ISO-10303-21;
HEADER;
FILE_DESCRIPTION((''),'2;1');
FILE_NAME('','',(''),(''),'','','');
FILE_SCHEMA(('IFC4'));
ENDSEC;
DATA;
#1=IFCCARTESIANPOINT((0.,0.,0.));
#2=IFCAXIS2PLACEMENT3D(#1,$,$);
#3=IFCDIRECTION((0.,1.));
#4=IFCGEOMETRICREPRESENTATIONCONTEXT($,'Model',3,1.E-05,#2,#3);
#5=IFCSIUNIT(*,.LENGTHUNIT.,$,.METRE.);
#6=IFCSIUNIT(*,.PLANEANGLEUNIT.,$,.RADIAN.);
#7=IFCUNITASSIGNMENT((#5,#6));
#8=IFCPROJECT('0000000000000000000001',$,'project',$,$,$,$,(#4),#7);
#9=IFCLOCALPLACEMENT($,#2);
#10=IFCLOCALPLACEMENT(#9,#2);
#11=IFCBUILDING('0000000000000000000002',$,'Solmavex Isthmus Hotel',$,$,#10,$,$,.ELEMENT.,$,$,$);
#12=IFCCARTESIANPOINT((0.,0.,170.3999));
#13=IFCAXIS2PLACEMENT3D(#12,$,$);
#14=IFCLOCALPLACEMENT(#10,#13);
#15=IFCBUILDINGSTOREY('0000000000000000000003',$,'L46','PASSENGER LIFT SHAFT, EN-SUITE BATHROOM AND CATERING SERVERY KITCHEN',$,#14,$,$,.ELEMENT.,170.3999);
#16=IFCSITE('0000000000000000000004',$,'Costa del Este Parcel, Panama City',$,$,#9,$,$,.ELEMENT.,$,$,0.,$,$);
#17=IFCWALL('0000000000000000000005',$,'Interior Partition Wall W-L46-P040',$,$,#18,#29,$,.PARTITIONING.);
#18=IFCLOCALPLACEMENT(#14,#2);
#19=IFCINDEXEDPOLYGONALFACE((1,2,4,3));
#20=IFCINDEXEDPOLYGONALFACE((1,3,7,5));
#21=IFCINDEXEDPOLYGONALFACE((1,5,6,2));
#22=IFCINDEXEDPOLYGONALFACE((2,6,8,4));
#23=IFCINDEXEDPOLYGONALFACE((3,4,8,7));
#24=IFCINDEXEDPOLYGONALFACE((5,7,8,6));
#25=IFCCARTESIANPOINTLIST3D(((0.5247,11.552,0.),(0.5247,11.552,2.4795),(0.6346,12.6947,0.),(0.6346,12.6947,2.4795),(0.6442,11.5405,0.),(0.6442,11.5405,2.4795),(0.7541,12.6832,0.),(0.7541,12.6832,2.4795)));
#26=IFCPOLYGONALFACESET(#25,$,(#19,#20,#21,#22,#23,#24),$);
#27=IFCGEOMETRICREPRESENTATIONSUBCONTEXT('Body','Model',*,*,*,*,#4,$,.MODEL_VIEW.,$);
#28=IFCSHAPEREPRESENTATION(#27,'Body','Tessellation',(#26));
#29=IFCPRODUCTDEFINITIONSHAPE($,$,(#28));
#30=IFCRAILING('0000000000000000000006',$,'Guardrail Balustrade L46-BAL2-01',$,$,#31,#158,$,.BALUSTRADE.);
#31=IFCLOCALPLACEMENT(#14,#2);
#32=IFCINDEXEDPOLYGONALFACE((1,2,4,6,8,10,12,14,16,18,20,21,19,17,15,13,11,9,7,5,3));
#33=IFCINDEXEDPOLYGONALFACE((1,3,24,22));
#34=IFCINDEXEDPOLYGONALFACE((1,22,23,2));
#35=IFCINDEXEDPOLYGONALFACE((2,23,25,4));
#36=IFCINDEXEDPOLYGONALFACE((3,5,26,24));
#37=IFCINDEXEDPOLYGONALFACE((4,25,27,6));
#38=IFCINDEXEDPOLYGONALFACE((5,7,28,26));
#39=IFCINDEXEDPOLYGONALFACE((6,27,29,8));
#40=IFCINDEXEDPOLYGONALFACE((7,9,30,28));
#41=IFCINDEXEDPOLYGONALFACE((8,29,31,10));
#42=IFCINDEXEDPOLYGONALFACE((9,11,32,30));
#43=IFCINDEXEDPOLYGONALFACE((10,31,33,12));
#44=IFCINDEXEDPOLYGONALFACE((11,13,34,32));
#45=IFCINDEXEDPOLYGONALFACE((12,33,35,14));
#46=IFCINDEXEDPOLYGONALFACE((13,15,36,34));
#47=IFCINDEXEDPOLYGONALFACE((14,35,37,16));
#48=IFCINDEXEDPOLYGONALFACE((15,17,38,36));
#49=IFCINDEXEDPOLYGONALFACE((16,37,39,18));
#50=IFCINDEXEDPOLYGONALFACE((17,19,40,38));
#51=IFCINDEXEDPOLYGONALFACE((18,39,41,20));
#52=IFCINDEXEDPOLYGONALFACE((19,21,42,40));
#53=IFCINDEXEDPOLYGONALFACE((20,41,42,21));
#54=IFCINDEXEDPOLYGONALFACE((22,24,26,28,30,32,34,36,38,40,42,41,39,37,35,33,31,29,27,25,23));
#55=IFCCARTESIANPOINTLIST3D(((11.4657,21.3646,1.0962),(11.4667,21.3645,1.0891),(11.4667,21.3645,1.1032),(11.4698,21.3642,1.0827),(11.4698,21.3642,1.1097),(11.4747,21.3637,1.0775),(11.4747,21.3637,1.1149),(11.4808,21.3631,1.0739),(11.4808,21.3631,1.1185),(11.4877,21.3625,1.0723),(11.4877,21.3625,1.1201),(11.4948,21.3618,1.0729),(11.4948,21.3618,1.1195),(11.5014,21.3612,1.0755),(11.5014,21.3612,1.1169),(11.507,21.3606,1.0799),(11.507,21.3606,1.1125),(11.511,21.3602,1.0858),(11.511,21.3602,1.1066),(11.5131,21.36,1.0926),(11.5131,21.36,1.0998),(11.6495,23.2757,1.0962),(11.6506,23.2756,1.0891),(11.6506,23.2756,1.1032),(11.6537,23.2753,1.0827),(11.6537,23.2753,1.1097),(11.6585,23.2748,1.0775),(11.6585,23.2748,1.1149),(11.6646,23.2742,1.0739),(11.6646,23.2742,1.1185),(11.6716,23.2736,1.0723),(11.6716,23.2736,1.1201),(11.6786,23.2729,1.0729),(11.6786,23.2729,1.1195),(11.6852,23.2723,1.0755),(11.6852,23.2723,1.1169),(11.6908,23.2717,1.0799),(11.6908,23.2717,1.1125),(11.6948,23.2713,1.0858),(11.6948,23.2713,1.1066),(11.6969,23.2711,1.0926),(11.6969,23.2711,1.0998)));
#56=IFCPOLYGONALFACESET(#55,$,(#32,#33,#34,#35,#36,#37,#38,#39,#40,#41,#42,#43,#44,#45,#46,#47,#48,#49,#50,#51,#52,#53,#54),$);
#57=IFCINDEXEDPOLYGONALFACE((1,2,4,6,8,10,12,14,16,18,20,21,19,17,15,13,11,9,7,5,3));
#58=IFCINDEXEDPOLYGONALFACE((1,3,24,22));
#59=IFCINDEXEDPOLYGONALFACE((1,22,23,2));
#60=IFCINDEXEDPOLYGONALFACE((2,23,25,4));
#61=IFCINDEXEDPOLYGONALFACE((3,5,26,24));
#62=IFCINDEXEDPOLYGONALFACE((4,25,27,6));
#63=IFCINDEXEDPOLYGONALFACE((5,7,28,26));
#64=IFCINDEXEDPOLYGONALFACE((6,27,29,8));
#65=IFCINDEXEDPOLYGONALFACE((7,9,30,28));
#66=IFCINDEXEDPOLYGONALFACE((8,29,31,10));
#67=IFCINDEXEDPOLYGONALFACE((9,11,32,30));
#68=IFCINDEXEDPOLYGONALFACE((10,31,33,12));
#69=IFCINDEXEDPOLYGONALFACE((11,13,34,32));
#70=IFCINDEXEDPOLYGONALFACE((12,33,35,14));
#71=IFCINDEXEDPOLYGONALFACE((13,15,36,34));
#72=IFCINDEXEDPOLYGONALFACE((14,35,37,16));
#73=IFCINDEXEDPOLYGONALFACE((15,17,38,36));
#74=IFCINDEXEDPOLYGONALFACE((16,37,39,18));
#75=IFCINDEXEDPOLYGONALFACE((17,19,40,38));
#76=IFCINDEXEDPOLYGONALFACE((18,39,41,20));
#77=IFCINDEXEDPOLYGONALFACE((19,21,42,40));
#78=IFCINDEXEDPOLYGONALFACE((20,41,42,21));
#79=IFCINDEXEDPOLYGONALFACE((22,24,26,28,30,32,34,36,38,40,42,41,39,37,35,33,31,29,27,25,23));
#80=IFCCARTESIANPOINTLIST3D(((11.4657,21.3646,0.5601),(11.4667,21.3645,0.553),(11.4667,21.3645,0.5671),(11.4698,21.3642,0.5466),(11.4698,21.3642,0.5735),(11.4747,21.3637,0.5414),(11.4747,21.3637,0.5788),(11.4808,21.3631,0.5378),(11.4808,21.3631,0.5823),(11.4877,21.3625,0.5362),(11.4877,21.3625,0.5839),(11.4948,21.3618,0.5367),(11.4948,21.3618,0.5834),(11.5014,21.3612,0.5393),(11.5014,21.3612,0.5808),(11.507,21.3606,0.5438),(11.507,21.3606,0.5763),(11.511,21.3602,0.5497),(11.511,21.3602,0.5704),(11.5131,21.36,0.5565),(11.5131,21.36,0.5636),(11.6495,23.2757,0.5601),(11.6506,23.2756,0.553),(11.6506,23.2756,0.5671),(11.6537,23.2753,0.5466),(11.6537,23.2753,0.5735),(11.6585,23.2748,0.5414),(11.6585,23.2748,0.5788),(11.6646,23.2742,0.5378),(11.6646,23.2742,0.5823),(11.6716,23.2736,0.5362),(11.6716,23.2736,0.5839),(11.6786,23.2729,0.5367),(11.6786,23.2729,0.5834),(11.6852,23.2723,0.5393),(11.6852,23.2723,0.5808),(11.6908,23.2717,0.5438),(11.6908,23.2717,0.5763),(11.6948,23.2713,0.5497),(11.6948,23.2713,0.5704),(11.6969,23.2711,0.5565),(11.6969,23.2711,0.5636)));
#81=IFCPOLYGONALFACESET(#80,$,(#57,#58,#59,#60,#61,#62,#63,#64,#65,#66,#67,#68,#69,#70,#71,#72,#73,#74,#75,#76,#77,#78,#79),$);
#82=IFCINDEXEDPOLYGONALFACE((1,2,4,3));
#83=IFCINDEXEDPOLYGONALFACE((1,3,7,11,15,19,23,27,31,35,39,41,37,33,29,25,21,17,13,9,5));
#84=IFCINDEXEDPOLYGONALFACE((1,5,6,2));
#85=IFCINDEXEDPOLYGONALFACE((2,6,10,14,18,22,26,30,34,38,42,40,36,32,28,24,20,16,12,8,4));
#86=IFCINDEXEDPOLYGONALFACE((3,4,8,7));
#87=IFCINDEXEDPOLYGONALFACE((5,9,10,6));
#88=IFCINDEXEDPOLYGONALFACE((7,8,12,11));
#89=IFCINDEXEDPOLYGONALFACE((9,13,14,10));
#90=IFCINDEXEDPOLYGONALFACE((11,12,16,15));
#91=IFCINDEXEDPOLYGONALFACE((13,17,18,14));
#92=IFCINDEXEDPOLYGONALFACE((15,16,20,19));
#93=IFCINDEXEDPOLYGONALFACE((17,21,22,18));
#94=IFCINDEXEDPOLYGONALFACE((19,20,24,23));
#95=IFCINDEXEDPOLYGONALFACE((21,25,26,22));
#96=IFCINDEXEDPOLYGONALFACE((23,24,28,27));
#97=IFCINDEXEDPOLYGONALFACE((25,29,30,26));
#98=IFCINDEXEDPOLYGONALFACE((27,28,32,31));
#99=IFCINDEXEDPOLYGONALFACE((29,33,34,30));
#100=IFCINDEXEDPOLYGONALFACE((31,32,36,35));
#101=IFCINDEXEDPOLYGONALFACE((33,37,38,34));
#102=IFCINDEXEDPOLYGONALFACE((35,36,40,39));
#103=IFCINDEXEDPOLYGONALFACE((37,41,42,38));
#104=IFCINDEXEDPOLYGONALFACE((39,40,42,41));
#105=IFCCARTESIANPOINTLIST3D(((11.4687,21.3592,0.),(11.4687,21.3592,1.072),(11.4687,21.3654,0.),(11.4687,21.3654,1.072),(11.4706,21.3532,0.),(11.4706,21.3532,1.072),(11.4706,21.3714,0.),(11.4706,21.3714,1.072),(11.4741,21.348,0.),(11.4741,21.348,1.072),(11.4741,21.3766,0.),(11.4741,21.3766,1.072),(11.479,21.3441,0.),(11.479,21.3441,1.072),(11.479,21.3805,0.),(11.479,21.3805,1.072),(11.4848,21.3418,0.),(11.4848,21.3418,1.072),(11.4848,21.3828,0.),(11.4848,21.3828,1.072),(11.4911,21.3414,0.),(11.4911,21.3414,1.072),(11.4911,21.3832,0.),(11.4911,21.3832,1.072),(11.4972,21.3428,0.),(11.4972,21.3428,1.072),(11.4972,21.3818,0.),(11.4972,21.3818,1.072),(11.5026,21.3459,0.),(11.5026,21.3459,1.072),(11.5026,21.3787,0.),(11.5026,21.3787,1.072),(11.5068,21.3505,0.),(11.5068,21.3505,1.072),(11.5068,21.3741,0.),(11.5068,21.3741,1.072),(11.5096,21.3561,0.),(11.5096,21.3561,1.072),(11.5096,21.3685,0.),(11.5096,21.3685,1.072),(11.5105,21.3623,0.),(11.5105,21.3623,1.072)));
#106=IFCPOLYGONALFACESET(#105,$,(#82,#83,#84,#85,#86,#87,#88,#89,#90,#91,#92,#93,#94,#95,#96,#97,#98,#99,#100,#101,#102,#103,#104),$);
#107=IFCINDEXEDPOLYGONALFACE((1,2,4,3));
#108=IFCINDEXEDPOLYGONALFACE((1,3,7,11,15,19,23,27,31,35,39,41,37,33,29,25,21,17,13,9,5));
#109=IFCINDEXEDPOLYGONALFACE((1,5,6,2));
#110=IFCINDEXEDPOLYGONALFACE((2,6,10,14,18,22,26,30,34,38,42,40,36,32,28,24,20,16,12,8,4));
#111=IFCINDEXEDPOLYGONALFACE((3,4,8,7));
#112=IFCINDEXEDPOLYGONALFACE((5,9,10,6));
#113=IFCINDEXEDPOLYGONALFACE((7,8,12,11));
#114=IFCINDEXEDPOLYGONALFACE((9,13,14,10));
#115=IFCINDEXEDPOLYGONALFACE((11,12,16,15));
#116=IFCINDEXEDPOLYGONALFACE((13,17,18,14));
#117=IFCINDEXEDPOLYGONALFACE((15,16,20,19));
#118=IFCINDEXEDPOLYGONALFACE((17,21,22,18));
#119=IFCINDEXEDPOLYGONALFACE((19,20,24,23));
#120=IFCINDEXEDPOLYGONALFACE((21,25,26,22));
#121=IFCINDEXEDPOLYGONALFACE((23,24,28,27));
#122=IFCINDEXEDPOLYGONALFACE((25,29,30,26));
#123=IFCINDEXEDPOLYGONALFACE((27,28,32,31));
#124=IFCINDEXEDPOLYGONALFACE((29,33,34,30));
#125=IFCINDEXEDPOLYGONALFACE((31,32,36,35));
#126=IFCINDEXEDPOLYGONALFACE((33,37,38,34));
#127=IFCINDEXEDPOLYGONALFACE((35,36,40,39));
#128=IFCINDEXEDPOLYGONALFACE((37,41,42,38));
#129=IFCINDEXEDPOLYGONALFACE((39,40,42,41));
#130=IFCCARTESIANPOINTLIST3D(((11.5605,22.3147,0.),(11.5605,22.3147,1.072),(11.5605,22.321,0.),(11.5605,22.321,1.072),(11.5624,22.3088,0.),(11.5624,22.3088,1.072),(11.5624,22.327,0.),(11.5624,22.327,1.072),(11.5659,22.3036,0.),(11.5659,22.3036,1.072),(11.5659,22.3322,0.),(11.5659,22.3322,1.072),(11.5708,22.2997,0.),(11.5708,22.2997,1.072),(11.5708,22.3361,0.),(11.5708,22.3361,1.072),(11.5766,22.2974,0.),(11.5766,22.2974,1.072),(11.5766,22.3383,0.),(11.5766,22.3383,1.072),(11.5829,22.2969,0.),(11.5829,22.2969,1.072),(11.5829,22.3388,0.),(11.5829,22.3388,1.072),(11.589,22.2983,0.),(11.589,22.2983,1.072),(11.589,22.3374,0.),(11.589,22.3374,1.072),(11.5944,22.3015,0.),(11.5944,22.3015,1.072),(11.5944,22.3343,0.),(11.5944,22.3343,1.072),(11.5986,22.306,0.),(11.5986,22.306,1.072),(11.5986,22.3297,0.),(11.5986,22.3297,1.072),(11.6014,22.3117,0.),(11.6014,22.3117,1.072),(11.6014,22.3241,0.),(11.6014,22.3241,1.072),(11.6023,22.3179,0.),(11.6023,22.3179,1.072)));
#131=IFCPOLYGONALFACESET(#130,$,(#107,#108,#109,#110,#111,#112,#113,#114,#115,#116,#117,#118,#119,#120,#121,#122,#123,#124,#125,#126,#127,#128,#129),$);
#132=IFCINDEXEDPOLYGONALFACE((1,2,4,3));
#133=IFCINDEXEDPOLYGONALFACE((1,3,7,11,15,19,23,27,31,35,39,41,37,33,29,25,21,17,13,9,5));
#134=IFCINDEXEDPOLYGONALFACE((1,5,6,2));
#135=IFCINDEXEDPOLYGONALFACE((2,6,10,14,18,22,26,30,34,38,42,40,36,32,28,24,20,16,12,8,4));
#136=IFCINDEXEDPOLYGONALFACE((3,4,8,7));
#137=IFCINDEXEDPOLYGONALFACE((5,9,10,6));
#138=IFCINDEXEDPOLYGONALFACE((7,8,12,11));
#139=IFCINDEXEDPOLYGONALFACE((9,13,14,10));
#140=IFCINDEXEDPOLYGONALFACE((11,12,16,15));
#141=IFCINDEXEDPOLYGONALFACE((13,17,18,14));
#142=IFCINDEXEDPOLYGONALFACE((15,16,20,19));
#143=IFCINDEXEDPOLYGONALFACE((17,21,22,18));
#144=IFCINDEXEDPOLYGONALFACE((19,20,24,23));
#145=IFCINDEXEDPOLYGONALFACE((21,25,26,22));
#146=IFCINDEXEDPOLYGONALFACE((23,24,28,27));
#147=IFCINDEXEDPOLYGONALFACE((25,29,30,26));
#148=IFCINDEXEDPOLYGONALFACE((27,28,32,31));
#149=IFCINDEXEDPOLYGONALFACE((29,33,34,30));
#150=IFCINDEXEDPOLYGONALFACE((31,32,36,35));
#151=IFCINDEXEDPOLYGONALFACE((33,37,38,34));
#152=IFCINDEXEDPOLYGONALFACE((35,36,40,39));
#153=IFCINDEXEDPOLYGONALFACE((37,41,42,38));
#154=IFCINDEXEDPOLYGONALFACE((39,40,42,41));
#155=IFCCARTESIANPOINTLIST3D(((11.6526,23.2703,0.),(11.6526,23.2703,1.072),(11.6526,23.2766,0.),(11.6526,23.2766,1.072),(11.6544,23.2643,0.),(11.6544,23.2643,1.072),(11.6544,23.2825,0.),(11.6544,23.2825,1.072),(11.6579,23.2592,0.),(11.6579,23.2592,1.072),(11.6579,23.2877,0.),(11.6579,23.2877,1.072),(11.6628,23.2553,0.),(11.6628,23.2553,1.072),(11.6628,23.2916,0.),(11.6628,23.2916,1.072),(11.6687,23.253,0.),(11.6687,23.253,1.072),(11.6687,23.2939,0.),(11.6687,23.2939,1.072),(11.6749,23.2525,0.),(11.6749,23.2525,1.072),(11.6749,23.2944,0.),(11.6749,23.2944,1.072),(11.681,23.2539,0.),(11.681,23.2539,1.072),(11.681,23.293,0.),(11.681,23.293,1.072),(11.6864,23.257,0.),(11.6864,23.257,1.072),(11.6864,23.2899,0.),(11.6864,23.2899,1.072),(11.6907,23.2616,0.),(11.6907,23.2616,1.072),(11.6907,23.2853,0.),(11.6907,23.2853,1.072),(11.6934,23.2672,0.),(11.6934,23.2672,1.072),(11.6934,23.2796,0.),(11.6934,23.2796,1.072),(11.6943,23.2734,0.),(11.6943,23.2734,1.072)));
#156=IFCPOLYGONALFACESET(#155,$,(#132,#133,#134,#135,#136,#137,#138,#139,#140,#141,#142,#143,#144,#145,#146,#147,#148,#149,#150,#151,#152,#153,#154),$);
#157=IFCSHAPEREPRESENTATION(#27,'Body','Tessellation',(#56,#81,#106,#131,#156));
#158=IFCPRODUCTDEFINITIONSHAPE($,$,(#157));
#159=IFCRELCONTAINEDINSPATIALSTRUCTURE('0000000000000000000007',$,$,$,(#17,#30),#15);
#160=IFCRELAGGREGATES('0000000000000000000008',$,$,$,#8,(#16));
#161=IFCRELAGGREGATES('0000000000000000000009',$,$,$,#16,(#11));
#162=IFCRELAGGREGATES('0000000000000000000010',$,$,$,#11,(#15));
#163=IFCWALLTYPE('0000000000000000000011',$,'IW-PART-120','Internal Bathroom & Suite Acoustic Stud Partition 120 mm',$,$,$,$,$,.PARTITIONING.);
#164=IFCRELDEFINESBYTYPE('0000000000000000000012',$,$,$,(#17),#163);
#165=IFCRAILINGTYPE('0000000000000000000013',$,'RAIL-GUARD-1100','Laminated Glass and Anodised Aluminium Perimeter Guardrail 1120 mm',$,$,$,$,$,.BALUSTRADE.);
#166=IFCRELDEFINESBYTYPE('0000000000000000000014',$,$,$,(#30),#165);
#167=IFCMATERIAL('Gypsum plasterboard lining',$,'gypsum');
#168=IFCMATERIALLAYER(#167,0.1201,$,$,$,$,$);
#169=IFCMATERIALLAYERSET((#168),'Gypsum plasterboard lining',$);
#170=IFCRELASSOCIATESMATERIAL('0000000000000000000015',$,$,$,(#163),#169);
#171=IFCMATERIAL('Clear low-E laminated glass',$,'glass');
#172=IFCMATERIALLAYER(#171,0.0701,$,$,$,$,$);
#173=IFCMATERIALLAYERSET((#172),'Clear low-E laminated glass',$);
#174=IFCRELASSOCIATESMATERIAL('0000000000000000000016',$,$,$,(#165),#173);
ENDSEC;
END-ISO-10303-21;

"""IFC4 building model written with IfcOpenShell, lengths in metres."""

from ifc_helpers import new_model, si_unit, direction, frame, frame_2d, origin, origin_2d, place, context, subcontext, project, spatial, rectangle, circle, extrude, material, layer, layer_set, type_object, element, save


model = new_model("IFC4")

# Units and contexts
model_context = context("Model", 3, precision=1e-05, world=origin(), true_north=direction((0.0, 1.0)))
body_context = subcontext(model_context, "Body", "Model", "MODEL_VIEW")
ifc_project = project(units=[si_unit("LENGTHUNIT", "METRE"), si_unit("PLANEANGLEUNIT", "RADIAN")], contexts=[model_context])

# Site, building, storey
site_placement = place(None, origin())
site = spatial("IfcSite", under=ifc_project, at=site_placement, Name="Costa del Este Parcel, Panama City", CompositionType="ELEMENT", RefElevation=0.0)
building_placement = place(site_placement, origin())
building = spatial("IfcBuilding", under=site, at=building_placement, Name="Solmavex Isthmus Hotel", CompositionType="ELEMENT")
storey_placement = place(building_placement, frame((0.0, 0.0, 170.3999)))
storey = spatial("IfcBuildingStorey", under=building, at=storey_placement, Name="L46", Description="PASSENGER LIFT SHAFT, EN-SUITE BATHROOM AND CATERING SERVERY KITCHEN", CompositionType="ELEMENT", Elevation=170.3999)

# Shared definitions
ifc_material_1 = material(Name="Clear low-E laminated glass", Category="glass")

# Wall
ifc_material_2 = material(Name="Gypsum plasterboard lining", Category="gypsum")
ifc_layer_1 = layer(ifc_material_2, 0.1201)
ifc_layer_set_1 = layer_set([ifc_layer_1], Name="Gypsum plasterboard lining")
wall_type_1 = type_object("IfcWallType", Name="IW-PART-120", Description="Internal Bathroom & Suite Acoustic Stud Partition 120 mm", PredefinedType="PARTITIONING", material=ifc_layer_set_1)
wall_1_placement = place(storey_placement, frame((0.6943, 12.689, 0.0), z_axis=(0.0, 0.0, 1.0), x_axis=(-0.095712, -0.995409, 0.0)))
element("IfcWall", 1, at=wall_1_placement, inside=storey, type_object=wall_type_1, Name="Interior Partition Wall W-L46-P040", PredefinedType="PARTITIONING", context=body_context, shape_type="SweptSolid", body=[
    extrude(rectangle(XDim=1.1479, YDim=0.1201, at=frame_2d((0.574, 0.0))), origin(), (0.0, 0.0, 1.0), 2.4795),
])

# Railing
ifc_layer_2 = layer(ifc_material_1, 0.0701)
ifc_layer_set_2 = layer_set([ifc_layer_2], Name="Clear low-E laminated glass")
railing_type = type_object("IfcRailingType", Name="RAIL-GUARD-1100", Description="Laminated Glass and Anodised Aluminium Perimeter Guardrail 1120 mm", PredefinedType="BALUSTRADE", material=ifc_layer_set_2)
railing_1_placement = place(storey_placement, frame((11.4895, 21.3623, 0.0)))
element("IfcRailing", 2, at=railing_1_placement, inside=storey, type_object=railing_type, Name="Guardrail Balustrade L46-BAL2-01", PredefinedType="BALUSTRADE", context=body_context, shape_type="SweptSolid", body=[
    extrude(circle(Radius=0.0239, at=origin_2d()), frame((0.0, 0.0, 1.0962), z_axis=(0.095751, 0.995405, 0.0), x_axis=(-0.995405, 0.095751, 0.0)), (0.0, 0.0, 1.0), 1.9199),
    extrude(circle(Radius=0.0239, at=origin_2d()), frame((0.0, 0.0, 0.5601), z_axis=(0.095751, 0.995405, 0.0), x_axis=(-0.995405, 0.095751, 0.0)), (0.0, 0.0, 1.0), 1.9199),
    extrude(circle(Radius=0.021, at=origin_2d()), origin(), (0.0, 0.0, 1.0), 1.072),
    extrude(circle(Radius=0.021, at=origin_2d()), frame((0.0918, 0.9556, 0.0)), (0.0, 0.0, 1.0), 1.072),
    extrude(circle(Radius=0.021, at=origin_2d()), frame((0.1838, 1.9111, 0.0)), (0.0, 0.0, 1.0), 1.072),
])

save(model, "model.ifc")
